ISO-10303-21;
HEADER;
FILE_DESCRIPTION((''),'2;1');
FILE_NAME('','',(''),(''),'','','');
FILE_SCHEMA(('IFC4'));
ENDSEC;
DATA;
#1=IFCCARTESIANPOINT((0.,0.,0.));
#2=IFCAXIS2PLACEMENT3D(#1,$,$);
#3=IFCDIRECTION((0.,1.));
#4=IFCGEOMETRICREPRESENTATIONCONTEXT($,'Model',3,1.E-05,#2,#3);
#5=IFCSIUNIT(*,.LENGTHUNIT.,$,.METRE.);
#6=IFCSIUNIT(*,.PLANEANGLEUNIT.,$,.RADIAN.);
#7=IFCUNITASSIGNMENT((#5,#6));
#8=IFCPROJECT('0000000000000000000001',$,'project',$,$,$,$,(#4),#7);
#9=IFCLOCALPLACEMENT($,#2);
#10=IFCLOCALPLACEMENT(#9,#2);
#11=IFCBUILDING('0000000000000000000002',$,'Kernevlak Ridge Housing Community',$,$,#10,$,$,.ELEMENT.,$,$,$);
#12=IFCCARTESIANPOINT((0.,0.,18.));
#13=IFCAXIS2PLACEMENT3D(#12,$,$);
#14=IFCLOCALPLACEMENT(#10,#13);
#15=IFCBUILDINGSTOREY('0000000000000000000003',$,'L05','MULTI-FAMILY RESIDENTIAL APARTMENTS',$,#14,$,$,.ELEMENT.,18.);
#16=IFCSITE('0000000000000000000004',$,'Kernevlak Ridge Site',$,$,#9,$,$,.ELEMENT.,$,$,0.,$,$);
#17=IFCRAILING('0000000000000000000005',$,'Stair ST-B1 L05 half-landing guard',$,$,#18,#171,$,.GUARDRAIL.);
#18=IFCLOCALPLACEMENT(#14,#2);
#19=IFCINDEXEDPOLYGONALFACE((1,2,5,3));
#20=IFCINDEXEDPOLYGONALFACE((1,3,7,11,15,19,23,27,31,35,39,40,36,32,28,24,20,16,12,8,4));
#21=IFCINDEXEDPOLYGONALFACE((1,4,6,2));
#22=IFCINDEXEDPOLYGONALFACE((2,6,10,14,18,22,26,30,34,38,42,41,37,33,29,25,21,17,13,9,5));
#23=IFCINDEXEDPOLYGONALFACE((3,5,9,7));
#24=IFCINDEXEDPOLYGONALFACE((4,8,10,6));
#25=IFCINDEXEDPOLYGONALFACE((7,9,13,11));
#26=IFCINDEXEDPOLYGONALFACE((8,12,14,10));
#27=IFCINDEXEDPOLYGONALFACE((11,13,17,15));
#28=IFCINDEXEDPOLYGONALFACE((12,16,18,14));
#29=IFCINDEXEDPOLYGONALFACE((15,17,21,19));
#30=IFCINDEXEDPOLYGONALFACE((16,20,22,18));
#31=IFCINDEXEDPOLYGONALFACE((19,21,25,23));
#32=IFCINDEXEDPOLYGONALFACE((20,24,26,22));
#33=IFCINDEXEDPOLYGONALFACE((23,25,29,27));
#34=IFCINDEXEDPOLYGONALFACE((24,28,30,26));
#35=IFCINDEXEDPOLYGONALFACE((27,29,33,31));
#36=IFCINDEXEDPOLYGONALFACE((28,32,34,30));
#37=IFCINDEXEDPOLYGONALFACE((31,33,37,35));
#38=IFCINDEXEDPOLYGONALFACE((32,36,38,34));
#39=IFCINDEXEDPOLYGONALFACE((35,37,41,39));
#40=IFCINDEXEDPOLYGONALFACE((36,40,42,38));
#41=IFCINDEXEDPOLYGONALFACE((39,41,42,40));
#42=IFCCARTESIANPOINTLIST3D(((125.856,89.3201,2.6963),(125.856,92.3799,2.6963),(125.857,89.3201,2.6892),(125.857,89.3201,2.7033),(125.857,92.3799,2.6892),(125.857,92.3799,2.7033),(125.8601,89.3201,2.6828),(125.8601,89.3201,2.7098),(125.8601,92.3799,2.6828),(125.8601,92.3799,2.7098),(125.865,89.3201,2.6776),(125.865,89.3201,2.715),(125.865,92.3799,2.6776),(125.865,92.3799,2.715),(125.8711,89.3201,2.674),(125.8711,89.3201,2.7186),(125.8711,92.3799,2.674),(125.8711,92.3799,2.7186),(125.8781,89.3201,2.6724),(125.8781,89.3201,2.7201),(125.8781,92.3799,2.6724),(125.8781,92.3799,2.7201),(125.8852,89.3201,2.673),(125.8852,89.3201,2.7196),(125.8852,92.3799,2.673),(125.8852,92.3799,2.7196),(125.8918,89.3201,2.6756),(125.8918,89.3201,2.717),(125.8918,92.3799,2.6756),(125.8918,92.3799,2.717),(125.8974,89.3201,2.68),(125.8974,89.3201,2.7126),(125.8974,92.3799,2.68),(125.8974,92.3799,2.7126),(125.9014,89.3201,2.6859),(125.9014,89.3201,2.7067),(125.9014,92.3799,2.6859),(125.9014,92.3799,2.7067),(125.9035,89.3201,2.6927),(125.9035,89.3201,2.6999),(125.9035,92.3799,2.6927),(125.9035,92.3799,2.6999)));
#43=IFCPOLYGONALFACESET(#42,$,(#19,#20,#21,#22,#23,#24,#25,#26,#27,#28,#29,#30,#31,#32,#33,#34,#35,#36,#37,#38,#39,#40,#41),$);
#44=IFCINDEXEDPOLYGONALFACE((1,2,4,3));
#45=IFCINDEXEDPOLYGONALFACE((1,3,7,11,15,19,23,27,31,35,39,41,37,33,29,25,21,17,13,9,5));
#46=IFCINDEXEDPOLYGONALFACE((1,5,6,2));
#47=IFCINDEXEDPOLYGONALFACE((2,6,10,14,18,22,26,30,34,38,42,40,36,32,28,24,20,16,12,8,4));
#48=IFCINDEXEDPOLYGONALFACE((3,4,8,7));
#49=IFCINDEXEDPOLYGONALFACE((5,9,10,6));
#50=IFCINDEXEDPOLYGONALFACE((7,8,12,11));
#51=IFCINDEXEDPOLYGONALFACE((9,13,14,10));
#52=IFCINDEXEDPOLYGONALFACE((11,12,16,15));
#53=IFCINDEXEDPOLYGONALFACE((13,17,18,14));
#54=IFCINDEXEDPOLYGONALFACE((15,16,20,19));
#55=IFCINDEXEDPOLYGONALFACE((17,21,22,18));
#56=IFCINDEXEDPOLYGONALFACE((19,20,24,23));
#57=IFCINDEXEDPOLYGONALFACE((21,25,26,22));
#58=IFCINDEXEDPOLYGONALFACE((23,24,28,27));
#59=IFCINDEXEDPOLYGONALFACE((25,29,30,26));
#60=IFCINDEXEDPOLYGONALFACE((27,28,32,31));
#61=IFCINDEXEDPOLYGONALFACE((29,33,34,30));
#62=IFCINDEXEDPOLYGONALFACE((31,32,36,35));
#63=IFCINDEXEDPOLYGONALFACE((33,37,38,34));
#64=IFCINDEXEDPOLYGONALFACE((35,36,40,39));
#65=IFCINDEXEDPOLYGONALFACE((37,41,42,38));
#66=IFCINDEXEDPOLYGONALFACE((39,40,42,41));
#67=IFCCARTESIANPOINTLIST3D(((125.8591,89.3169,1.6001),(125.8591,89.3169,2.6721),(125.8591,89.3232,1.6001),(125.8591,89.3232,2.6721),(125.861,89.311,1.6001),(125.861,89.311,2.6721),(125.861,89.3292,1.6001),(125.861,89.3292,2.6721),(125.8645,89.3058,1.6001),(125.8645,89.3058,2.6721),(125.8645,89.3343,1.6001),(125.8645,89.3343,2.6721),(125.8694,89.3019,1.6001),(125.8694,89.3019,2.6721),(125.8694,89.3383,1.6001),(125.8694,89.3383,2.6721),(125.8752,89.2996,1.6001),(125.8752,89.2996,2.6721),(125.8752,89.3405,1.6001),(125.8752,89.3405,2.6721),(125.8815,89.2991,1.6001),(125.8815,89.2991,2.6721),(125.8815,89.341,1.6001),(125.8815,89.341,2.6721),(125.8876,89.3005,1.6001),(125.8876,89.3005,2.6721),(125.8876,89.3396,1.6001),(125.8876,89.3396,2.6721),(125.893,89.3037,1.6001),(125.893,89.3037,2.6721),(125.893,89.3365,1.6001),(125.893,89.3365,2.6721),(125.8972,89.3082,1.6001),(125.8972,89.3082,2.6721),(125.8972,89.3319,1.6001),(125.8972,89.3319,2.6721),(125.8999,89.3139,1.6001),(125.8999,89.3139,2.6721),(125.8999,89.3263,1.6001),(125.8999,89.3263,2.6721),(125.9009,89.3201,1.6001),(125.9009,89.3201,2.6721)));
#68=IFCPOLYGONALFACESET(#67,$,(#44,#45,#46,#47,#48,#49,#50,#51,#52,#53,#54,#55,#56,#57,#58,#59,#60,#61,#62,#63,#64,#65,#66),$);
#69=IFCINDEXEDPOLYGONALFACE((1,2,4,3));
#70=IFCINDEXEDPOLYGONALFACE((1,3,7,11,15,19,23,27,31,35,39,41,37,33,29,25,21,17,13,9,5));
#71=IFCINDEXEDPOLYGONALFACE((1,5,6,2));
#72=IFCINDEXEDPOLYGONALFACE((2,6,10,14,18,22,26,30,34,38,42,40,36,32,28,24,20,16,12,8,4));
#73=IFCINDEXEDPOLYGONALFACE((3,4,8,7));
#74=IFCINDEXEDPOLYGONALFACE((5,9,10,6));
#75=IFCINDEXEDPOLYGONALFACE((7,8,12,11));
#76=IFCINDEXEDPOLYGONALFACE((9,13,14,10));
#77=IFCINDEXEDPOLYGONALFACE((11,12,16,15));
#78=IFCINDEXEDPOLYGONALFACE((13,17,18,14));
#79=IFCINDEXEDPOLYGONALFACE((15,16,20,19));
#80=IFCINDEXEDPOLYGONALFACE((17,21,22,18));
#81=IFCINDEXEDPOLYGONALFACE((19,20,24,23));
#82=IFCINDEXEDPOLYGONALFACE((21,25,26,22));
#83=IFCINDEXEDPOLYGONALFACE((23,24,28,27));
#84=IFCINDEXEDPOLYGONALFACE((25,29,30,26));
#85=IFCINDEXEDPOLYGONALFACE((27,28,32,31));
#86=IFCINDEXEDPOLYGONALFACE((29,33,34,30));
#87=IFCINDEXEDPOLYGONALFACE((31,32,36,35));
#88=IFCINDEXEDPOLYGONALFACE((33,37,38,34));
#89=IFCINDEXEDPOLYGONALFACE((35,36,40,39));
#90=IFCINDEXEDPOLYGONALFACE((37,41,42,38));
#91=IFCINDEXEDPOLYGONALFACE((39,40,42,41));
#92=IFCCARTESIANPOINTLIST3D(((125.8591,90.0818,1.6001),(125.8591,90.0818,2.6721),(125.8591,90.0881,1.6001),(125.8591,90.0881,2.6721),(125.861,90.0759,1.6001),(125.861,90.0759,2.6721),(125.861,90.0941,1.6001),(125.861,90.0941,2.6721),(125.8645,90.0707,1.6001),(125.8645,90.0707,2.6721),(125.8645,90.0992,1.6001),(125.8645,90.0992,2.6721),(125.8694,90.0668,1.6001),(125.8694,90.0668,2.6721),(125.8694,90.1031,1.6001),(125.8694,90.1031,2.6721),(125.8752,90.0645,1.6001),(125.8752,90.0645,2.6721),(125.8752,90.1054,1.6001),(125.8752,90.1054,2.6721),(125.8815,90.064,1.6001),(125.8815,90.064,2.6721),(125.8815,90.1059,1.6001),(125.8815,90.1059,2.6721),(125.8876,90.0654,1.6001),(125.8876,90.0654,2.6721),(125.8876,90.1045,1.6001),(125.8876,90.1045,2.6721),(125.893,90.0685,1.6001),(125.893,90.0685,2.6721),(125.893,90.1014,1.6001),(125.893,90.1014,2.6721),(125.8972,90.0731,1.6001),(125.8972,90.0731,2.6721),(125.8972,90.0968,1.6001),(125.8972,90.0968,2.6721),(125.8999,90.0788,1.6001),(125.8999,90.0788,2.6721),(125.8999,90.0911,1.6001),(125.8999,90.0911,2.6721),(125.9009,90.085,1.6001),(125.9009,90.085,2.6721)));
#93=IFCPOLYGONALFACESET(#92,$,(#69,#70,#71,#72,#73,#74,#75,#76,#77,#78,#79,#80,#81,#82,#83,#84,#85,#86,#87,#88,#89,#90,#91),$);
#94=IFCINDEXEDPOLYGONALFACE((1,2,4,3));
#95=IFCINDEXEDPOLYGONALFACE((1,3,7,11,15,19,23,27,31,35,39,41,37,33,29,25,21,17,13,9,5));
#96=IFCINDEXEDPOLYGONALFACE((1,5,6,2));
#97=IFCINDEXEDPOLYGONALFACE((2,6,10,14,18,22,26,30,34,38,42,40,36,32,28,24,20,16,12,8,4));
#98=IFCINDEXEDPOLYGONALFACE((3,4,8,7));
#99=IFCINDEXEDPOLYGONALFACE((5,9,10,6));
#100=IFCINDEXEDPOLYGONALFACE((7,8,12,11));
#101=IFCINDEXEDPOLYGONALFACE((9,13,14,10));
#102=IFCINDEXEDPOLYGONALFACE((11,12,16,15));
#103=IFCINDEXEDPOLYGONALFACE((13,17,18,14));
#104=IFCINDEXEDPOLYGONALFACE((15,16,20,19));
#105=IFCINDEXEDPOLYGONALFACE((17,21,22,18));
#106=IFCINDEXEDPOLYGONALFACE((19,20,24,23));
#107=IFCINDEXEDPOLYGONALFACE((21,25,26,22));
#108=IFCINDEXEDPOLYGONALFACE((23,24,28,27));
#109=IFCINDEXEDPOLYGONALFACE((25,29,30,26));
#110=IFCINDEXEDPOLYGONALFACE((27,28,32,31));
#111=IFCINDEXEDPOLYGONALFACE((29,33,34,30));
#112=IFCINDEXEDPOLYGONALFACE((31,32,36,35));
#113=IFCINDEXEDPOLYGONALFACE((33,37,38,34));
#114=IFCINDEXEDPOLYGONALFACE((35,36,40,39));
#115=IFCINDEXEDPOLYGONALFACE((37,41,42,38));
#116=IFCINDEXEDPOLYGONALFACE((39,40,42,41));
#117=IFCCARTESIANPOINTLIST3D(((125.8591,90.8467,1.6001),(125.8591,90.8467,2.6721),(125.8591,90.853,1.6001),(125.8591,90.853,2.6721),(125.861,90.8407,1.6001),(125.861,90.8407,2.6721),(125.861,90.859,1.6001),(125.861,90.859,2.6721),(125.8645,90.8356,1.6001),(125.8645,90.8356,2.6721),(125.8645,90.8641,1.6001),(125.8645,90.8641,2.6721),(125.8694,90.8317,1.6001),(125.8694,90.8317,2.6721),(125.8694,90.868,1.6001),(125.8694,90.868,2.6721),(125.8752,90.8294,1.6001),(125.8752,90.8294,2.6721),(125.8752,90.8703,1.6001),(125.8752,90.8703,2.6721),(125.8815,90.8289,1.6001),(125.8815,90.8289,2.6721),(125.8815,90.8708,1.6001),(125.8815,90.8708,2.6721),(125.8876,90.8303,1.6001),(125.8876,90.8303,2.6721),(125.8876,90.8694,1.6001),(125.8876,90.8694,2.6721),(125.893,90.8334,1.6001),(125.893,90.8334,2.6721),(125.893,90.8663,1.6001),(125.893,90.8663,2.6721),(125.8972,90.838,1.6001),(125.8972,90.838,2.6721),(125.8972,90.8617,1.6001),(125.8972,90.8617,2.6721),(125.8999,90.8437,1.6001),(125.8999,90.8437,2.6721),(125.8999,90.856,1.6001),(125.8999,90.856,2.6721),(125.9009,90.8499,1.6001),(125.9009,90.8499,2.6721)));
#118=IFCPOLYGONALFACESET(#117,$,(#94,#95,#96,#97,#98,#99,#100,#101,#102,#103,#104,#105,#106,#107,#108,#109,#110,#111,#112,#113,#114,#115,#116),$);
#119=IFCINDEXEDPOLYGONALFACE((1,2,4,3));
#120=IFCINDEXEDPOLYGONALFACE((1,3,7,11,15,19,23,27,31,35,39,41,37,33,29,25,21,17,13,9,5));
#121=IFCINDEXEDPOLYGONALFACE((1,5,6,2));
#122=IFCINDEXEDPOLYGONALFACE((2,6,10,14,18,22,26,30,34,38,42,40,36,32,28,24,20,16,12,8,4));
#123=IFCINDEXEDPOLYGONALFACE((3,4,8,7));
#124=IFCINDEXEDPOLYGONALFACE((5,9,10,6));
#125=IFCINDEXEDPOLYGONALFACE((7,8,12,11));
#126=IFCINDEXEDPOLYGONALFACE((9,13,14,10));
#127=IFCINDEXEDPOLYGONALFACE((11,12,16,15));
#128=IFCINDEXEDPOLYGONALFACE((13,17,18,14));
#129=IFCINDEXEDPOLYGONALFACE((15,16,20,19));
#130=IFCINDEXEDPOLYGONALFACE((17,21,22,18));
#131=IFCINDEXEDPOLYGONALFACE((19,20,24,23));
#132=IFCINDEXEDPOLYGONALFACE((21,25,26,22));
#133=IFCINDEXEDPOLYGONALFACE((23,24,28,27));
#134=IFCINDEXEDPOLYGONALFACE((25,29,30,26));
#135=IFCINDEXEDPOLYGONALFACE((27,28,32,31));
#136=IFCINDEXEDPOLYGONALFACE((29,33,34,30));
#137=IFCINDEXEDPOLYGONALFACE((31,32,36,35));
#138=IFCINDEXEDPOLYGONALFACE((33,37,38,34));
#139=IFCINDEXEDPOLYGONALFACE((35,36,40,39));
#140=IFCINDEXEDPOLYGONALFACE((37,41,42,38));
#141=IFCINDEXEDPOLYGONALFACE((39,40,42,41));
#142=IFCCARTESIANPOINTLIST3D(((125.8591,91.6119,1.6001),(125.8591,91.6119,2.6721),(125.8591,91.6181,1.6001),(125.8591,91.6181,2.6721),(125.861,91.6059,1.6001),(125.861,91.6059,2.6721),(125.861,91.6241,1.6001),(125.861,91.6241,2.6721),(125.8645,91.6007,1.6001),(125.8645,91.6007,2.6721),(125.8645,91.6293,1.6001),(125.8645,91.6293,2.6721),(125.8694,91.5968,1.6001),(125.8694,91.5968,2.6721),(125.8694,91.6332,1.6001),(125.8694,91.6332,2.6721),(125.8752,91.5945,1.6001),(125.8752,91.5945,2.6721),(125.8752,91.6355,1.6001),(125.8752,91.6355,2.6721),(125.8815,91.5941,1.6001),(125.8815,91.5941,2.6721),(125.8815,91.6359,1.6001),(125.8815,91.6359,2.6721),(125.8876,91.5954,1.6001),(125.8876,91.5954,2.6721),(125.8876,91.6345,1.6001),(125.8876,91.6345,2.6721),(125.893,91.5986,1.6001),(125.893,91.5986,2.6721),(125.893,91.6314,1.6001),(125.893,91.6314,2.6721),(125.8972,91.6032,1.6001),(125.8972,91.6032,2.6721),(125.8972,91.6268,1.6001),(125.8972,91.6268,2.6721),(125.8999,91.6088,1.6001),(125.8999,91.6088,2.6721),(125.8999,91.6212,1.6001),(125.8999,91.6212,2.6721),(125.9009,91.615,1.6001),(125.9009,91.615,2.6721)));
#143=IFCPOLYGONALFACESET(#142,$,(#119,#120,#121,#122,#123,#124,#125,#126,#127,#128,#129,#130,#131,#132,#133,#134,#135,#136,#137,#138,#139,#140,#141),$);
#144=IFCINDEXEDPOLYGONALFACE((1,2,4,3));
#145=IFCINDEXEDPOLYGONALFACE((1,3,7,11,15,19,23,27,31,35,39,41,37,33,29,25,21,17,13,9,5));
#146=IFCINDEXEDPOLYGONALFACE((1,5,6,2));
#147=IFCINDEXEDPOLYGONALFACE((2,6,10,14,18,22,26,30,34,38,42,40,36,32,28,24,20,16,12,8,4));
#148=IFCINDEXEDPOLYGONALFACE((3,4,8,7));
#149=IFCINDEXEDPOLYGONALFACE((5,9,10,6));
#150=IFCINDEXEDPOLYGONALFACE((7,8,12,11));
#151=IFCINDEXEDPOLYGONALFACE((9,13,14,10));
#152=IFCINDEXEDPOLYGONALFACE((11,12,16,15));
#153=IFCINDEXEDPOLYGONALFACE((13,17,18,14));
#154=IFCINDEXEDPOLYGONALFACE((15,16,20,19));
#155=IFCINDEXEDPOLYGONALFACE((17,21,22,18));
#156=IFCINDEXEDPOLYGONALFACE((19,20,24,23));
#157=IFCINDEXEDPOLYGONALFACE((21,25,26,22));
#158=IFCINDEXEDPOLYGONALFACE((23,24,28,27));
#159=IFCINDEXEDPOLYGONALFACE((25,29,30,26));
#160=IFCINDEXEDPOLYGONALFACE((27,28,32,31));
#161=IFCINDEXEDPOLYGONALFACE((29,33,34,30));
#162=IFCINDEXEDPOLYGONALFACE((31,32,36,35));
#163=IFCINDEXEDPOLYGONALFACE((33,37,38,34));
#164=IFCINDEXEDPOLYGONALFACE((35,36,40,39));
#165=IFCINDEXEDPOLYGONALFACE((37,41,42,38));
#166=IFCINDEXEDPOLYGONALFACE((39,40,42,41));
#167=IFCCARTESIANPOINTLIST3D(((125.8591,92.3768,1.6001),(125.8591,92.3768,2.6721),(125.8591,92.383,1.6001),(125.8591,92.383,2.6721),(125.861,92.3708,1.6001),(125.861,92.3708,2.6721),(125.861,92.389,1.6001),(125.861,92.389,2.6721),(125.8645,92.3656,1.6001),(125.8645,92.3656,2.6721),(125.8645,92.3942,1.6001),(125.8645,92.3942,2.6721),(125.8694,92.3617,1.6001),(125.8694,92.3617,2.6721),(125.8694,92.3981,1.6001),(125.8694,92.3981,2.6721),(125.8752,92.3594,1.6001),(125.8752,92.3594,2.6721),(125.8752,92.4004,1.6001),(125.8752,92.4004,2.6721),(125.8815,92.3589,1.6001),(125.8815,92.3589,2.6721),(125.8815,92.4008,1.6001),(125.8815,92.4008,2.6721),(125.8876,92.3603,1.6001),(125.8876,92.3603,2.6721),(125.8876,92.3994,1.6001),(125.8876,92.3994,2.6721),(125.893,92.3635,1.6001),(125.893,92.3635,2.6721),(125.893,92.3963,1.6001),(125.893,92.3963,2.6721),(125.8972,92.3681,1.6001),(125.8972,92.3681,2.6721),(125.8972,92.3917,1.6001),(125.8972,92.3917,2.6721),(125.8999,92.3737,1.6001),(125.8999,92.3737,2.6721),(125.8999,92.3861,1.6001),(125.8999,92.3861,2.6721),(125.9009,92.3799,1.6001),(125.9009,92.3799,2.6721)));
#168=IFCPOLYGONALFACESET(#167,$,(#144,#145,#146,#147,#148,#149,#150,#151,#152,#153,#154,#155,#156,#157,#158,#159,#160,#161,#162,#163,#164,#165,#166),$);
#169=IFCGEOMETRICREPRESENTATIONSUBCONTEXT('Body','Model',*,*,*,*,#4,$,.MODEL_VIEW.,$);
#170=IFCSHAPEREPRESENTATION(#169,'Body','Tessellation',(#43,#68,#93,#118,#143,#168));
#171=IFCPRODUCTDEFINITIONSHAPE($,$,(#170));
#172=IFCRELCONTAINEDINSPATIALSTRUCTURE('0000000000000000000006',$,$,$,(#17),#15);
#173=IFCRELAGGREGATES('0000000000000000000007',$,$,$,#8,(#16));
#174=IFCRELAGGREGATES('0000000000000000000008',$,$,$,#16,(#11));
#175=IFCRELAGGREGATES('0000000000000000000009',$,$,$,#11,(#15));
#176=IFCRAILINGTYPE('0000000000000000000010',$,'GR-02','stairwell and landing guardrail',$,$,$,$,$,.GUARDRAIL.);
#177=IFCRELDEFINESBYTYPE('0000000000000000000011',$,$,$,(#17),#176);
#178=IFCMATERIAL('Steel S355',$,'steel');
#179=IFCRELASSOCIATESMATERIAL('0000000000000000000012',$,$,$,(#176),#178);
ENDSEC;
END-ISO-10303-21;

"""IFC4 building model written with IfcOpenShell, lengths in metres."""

from ifc_helpers import new_model, si_unit, direction, frame, origin, origin_2d, place, context, subcontext, project, spatial, circle, extrude, material, type_object, element, save


model = new_model("IFC4")

# Units and contexts
model_context = context("Model", 3, precision=1e-05, world=origin(), true_north=direction((0.0, 1.0)))
body_context = subcontext(model_context, "Body", "Model", "MODEL_VIEW")
ifc_project = project(units=[si_unit("LENGTHUNIT", "METRE"), si_unit("PLANEANGLEUNIT", "RADIAN")], contexts=[model_context])

# Site, building, storey
site_placement = place(None, origin())
site = spatial("IfcSite", under=ifc_project, at=site_placement, Name="Kernevlak Ridge Site", CompositionType="ELEMENT", RefElevation=0.0)
building_placement = place(site_placement, origin())
building = spatial("IfcBuilding", under=site, at=building_placement, Name="Kernevlak Ridge Housing Community", CompositionType="ELEMENT")
storey_placement = place(building_placement, frame((0.0, 0.0, 18.0)))
storey = spatial("IfcBuildingStorey", under=building, at=storey_placement, Name="L05", Description="MULTI-FAMILY RESIDENTIAL APARTMENTS", CompositionType="ELEMENT", Elevation=18.0)

# Railing
ifc_material_1 = material(Name="Steel S355", Category="steel")
railing_type_1 = type_object("IfcRailingType", Name="GR-02", Description="stairwell and landing guardrail", PredefinedType="GUARDRAIL", material=ifc_material_1)
railing_1_placement = place(storey_placement, frame((125.8799, 89.3201, 1.6001)))
element("IfcRailing", 1, at=railing_1_placement, inside=storey, type_object=railing_type_1, Name="Stair ST-B1 L05 half-landing guard", PredefinedType="GUARDRAIL", context=body_context, shape_type="SweptSolid", body=[
    extrude(circle(Radius=0.0239, at=origin_2d()), frame((0.0, 0.0, 1.0962), z_axis=(0.0, 1.0, 0.0), x_axis=(-1.0, 0.0, 0.0)), (0.0, 0.0, 1.0), 3.0598),
    extrude(circle(Radius=0.021, at=origin_2d()), origin(), (0.0, 0.0, 1.0), 1.072),
    extrude(circle(Radius=0.021, at=origin_2d()), frame((0.0, 0.7649, 0.0)), (0.0, 0.0, 1.0), 1.072),
    extrude(circle(Radius=0.021, at=origin_2d()), frame((0.0, 1.5298, 0.0)), (0.0, 0.0, 1.0), 1.072),
    extrude(circle(Radius=0.021, at=origin_2d()), frame((0.0, 2.2949, 0.0)), (0.0, 0.0, 1.0), 1.072),
    extrude(circle(Radius=0.021, at=origin_2d()), frame((0.0, 3.0598, 0.0)), (0.0, 0.0, 1.0), 1.072),
])

save(model, "model.ifc")
